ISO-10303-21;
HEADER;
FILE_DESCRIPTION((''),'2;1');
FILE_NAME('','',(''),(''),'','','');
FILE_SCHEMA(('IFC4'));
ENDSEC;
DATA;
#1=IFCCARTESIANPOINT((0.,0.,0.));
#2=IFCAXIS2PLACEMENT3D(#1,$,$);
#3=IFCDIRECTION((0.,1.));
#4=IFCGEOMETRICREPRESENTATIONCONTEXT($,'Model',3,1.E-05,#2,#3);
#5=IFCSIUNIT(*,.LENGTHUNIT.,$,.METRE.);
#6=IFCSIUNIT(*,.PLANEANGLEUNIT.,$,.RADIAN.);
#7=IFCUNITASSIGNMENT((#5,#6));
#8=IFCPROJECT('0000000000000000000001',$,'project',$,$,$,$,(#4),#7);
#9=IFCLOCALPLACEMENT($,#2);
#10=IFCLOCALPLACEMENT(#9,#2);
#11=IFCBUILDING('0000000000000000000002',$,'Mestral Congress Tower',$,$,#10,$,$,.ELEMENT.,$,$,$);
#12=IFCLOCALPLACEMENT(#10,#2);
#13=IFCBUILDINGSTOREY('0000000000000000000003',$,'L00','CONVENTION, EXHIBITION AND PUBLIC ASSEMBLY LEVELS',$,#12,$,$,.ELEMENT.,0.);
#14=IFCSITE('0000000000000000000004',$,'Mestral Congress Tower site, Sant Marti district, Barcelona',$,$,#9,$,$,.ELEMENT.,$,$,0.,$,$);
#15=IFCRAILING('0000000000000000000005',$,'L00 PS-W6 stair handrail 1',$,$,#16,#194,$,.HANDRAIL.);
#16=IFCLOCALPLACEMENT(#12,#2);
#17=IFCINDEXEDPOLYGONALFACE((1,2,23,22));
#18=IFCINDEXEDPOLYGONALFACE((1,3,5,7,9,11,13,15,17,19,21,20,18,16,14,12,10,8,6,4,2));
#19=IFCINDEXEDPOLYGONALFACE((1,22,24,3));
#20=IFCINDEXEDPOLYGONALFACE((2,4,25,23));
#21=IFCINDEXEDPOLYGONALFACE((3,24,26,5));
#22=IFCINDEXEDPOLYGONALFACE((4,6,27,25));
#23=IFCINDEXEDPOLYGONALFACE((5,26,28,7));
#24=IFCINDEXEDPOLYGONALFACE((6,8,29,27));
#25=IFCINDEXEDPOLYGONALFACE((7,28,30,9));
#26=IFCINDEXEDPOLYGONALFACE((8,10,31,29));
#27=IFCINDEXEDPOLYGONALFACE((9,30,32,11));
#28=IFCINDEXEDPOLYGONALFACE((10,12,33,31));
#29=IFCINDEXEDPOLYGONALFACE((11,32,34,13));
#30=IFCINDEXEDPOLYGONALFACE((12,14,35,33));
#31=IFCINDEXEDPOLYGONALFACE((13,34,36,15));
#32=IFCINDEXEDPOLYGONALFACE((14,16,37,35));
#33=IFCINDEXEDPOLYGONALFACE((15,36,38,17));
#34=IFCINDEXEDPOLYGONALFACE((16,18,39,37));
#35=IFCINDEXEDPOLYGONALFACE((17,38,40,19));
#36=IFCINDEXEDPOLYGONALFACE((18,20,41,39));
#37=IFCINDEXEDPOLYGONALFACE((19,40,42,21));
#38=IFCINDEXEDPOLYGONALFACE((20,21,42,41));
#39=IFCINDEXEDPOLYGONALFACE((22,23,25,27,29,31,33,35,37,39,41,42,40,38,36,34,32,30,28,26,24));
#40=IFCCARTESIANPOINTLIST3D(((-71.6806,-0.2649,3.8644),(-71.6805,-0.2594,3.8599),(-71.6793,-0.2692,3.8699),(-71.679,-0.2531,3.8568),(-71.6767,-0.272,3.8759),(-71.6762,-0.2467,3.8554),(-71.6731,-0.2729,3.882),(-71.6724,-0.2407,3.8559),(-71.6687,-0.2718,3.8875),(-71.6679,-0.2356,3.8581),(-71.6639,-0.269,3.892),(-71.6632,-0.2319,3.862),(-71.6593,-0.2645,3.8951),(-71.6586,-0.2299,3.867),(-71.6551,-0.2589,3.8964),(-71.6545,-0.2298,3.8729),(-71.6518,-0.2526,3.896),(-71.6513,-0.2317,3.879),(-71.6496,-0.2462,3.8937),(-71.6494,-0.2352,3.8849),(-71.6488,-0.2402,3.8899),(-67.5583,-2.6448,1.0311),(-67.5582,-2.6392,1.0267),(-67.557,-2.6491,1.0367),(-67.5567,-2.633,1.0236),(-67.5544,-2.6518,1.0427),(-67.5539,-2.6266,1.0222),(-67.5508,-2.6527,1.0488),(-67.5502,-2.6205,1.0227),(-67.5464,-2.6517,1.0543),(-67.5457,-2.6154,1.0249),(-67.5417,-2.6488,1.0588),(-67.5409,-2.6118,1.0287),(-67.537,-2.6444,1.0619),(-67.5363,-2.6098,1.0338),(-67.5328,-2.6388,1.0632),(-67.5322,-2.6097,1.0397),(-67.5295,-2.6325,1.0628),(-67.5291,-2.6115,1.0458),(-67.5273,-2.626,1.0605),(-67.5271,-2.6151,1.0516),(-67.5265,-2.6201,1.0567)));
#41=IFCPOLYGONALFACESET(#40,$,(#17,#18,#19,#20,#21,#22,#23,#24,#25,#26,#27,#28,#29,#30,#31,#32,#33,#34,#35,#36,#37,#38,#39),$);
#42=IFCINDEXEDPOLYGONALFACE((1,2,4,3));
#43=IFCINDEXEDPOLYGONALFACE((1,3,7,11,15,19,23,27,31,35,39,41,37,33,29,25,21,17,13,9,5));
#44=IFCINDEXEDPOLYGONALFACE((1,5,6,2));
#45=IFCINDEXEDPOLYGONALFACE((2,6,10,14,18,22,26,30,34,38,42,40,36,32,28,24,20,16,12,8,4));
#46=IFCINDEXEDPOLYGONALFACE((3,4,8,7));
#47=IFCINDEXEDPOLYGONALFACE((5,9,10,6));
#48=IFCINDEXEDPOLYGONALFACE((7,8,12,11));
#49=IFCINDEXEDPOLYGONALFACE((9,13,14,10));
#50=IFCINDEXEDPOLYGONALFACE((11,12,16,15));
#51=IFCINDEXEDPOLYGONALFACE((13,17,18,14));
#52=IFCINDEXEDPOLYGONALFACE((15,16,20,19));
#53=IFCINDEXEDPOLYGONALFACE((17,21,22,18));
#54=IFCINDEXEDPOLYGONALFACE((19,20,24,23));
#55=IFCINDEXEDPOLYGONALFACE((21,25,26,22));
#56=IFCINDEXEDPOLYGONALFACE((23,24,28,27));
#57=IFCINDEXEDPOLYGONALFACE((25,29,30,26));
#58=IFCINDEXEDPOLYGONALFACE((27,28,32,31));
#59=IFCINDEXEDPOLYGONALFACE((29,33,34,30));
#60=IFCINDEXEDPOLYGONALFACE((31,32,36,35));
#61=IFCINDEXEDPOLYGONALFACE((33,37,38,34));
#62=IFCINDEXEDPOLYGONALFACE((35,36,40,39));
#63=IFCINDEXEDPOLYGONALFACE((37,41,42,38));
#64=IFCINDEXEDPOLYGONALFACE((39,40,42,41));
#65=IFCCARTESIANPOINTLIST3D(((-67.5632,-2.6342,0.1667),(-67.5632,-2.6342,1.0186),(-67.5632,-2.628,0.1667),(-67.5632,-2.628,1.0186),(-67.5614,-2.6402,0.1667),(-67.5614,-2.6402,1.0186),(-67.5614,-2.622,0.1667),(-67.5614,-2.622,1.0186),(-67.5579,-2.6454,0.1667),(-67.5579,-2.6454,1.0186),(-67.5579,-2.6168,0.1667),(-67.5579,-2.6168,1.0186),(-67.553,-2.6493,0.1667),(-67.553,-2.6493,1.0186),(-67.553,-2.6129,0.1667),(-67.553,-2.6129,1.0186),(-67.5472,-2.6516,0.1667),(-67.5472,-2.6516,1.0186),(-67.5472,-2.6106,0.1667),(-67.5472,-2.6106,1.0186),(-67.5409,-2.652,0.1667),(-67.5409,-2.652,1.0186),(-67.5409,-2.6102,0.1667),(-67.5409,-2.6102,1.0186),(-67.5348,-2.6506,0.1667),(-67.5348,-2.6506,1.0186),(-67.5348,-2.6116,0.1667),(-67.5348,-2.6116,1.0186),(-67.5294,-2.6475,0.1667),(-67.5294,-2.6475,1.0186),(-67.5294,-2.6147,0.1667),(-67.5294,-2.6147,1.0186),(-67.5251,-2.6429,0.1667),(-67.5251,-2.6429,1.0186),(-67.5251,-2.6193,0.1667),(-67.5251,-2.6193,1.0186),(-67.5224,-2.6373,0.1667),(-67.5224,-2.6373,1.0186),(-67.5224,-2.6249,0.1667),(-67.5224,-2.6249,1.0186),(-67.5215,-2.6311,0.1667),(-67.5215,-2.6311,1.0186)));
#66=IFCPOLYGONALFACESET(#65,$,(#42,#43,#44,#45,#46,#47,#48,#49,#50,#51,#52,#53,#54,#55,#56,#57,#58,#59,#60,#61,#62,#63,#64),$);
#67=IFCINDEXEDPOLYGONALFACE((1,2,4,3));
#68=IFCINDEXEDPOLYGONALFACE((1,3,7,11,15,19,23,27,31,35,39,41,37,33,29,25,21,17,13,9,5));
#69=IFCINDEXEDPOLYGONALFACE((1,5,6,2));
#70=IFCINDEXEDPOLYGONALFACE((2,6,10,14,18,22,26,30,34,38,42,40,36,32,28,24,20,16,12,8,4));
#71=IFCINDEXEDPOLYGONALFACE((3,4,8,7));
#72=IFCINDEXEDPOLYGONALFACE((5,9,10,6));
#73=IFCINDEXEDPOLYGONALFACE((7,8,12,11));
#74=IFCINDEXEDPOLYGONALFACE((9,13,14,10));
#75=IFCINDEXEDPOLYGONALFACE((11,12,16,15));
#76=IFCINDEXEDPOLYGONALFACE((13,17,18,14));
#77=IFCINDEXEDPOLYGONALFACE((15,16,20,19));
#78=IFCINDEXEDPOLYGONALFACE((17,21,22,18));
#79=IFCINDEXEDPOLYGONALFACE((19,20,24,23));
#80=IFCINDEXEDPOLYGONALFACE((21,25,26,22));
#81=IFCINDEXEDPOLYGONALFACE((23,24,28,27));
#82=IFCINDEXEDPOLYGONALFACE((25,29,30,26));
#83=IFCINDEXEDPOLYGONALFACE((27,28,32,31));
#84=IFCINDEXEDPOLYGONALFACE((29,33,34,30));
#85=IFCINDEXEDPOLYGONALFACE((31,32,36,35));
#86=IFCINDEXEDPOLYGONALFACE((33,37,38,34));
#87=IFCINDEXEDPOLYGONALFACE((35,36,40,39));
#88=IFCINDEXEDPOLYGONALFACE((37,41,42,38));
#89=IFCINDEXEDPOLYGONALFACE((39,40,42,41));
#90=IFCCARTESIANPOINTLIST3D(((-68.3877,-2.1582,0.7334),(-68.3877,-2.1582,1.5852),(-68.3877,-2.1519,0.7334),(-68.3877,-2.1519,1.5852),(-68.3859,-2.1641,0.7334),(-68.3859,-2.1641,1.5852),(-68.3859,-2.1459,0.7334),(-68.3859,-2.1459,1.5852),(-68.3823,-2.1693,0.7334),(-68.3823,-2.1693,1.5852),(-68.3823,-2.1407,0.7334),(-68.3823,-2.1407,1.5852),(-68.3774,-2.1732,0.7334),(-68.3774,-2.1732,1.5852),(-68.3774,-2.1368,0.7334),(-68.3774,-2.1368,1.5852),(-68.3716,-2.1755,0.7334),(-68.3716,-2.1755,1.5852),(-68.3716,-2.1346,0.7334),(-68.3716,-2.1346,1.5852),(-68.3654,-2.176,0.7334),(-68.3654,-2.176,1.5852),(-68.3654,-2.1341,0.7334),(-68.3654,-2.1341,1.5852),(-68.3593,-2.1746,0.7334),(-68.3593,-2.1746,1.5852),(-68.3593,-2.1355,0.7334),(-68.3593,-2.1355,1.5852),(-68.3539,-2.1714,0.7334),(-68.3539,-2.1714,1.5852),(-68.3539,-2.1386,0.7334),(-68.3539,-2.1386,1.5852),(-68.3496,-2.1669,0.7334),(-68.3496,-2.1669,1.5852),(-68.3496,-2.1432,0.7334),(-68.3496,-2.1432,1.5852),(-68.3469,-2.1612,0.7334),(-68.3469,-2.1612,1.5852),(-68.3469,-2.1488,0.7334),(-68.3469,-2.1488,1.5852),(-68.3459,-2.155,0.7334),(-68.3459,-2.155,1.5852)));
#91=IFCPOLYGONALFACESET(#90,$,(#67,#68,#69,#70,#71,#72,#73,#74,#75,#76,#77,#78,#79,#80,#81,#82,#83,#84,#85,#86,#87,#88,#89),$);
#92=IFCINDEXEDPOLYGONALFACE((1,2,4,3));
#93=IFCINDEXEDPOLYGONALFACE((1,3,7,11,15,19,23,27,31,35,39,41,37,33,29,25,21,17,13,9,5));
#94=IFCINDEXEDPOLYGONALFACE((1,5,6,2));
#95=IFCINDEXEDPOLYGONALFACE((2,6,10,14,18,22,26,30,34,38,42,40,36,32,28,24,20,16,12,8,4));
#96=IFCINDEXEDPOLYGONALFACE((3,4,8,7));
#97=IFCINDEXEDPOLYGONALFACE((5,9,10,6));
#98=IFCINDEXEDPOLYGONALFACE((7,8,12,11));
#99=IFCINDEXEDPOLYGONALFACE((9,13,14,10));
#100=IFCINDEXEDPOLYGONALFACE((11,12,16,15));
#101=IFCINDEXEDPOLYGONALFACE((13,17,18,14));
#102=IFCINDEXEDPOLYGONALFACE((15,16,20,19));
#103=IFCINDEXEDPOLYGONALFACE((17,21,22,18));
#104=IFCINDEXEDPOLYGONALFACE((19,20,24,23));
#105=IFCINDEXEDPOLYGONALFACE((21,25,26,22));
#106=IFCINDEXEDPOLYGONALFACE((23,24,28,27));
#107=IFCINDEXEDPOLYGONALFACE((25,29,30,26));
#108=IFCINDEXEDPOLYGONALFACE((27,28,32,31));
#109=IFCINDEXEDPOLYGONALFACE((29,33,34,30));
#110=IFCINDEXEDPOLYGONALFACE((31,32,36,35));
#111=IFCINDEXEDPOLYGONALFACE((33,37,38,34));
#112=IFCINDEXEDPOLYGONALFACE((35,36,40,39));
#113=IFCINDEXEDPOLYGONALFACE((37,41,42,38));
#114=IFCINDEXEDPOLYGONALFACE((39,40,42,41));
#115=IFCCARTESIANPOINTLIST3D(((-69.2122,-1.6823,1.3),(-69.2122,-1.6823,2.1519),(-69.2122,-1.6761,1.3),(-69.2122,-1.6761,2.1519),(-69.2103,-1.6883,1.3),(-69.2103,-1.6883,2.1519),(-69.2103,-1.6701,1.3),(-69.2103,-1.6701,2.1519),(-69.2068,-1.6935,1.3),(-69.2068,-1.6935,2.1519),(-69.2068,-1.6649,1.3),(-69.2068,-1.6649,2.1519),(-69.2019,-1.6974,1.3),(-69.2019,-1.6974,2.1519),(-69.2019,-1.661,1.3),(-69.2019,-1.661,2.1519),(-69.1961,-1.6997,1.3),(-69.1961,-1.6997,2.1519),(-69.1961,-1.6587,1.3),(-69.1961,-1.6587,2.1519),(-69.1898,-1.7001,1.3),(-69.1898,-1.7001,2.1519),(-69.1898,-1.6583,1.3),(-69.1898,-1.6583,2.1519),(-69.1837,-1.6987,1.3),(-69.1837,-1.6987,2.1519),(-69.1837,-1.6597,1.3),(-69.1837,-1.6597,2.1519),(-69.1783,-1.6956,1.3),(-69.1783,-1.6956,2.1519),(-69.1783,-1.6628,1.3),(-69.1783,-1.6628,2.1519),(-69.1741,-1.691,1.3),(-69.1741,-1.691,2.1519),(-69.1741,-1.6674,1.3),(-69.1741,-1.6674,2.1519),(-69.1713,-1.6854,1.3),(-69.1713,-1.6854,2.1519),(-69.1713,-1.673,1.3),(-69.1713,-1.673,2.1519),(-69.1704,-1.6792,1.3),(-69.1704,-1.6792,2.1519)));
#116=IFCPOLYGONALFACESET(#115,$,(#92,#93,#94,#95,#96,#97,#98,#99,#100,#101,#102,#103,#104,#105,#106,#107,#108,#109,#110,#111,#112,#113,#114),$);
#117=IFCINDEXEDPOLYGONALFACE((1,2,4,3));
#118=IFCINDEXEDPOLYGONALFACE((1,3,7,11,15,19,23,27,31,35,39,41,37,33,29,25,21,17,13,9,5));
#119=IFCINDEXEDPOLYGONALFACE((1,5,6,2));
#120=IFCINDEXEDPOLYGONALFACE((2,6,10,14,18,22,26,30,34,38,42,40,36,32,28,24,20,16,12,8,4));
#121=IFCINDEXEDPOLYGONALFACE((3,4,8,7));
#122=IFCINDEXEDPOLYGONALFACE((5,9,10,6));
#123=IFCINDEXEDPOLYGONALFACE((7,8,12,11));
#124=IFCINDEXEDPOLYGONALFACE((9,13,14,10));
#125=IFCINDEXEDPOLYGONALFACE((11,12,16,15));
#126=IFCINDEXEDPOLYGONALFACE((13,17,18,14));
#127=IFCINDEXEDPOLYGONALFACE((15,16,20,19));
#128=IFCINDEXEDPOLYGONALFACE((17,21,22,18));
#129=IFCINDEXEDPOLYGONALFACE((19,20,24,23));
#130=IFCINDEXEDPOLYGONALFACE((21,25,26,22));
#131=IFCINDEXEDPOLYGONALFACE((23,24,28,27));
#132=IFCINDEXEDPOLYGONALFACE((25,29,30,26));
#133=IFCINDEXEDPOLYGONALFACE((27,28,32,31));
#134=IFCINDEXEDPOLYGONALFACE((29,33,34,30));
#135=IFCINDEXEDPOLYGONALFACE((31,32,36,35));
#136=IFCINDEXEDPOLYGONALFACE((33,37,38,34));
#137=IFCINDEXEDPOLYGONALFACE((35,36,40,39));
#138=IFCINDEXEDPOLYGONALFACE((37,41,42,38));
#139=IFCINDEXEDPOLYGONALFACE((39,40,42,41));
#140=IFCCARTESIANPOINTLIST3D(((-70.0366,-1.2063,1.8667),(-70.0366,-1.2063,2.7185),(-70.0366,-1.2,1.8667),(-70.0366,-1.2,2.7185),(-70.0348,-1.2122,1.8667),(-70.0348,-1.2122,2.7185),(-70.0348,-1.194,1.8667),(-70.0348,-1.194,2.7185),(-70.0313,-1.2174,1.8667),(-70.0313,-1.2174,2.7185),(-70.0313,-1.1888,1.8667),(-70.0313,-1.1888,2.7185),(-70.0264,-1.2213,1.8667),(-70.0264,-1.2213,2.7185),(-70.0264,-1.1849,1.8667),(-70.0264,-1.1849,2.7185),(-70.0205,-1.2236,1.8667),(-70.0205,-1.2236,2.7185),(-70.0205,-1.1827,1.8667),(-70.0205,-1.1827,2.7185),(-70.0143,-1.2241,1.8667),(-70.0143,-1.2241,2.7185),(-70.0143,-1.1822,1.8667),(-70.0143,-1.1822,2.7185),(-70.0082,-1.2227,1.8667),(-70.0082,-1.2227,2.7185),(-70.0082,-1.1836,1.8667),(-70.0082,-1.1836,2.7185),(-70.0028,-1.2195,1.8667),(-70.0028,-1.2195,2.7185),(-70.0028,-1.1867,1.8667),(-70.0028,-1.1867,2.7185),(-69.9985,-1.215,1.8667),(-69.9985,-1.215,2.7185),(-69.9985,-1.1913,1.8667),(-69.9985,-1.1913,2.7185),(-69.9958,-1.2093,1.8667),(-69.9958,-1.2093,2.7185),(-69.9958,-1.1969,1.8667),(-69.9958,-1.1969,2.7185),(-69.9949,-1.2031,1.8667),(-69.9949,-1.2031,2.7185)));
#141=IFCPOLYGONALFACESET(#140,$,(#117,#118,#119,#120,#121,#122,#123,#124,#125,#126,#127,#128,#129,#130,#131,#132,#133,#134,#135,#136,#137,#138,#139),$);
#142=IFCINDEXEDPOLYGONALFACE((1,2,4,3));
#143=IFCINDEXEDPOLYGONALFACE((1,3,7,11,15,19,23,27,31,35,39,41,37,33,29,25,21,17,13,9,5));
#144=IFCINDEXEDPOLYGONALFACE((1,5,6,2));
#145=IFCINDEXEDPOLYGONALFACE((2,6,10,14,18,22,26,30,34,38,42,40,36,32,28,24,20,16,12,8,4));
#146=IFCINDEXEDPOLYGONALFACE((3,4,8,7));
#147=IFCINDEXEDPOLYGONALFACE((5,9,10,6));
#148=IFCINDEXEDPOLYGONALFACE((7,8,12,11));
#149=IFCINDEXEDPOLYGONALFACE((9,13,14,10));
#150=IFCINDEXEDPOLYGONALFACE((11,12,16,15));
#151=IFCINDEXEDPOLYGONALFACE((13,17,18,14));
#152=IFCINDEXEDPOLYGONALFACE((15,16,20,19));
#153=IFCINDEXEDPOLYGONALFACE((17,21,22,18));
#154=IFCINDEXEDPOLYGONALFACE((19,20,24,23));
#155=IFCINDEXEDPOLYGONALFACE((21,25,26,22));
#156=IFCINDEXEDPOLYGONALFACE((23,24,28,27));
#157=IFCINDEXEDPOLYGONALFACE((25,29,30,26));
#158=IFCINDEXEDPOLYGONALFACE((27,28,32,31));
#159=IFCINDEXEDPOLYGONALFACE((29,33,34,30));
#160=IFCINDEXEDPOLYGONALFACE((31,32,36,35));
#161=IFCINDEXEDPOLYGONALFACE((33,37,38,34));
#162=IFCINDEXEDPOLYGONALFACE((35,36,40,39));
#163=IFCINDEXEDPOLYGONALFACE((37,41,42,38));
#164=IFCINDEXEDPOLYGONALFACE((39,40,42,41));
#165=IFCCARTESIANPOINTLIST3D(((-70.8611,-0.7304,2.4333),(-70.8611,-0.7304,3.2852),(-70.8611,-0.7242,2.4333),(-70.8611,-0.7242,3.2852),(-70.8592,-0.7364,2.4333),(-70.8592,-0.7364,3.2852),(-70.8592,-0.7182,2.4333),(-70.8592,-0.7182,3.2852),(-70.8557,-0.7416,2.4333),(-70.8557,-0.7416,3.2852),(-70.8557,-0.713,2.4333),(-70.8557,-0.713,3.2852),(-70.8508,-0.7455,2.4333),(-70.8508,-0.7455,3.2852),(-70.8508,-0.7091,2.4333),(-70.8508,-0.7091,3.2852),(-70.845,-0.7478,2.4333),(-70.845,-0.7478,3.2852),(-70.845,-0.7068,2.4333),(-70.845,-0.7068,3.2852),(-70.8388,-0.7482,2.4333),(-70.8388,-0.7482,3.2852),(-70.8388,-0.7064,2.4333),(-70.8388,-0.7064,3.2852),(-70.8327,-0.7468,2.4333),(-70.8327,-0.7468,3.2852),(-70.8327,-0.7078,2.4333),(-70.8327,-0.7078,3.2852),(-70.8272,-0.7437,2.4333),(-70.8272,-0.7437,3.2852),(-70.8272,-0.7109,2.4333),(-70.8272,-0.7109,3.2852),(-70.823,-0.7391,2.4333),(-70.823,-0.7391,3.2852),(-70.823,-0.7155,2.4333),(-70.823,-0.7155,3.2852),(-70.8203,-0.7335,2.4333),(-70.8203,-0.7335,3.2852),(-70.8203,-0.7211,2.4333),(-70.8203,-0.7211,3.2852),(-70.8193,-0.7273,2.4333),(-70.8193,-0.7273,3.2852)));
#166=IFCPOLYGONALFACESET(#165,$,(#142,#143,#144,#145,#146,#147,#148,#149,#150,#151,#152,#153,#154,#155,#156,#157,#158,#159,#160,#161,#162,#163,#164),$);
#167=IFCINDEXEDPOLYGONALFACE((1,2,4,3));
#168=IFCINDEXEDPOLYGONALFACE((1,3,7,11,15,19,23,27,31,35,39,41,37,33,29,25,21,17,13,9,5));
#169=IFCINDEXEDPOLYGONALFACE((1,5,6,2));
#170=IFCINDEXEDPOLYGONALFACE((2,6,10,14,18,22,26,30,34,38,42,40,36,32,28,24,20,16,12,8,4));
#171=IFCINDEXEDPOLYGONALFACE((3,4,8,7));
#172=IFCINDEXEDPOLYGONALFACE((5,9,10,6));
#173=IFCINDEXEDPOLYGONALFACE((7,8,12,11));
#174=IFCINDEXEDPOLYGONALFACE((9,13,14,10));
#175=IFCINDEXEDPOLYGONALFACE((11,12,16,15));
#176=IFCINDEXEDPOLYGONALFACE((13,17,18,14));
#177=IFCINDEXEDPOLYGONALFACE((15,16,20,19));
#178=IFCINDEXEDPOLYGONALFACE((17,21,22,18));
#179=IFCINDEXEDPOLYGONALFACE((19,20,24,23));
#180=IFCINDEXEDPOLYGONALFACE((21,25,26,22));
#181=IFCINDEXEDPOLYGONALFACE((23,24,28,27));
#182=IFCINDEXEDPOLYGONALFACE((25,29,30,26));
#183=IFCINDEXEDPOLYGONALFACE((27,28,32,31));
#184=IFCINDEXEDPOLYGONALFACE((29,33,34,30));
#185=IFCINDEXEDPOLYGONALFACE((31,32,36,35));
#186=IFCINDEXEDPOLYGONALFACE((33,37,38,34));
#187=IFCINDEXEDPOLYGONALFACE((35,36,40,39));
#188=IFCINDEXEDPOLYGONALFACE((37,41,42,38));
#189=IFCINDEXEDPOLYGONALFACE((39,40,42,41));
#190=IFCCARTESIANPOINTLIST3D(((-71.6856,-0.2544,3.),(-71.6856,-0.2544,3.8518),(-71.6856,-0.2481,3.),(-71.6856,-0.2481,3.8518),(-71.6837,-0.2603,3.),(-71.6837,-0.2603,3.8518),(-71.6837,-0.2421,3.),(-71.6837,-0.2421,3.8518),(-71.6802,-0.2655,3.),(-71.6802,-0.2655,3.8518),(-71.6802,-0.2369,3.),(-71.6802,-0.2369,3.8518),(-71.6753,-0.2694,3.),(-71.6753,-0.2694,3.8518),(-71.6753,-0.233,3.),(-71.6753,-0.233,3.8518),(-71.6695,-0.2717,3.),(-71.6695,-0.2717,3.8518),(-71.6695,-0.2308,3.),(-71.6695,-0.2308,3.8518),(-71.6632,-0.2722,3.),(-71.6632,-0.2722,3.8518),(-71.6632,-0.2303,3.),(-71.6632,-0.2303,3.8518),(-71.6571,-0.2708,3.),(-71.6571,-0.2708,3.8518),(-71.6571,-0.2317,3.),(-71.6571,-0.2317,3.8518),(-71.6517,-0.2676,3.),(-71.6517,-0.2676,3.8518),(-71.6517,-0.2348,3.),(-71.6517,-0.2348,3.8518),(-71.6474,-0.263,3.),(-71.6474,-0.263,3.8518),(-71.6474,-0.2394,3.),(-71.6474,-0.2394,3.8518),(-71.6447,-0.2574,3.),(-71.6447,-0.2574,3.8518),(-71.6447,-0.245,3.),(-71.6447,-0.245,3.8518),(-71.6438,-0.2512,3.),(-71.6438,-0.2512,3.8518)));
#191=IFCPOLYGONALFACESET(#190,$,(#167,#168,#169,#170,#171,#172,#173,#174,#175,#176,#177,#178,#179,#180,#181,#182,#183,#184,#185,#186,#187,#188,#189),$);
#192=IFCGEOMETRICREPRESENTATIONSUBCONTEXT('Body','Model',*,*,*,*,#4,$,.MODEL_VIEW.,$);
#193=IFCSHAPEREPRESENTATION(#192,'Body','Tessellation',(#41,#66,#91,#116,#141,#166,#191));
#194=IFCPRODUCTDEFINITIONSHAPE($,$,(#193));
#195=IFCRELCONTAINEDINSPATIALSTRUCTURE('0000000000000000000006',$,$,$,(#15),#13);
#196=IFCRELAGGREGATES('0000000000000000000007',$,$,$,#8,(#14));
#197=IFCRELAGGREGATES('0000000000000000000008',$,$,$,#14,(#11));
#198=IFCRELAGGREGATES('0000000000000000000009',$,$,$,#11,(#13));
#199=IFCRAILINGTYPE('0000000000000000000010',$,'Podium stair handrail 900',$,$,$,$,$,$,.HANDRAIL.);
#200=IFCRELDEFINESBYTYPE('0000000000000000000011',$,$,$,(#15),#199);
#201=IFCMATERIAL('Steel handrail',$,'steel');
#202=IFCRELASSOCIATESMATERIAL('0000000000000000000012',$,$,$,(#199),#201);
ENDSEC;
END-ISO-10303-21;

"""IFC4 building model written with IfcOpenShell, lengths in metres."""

from ifc_helpers import new_model, si_unit, direction, frame, origin, origin_2d, place, context, subcontext, project, spatial, circle, extrude, material, type_object, element, save


model = new_model("IFC4")

# Units and contexts
model_context = context("Model", 3, precision=1e-05, world=origin(), true_north=direction((0.0, 1.0)))
body_context = subcontext(model_context, "Body", "Model", "MODEL_VIEW")
ifc_project = project(units=[si_unit("LENGTHUNIT", "METRE"), si_unit("PLANEANGLEUNIT", "RADIAN")], contexts=[model_context])

# Site, building, storey
site_placement = place(None, origin())
site = spatial("IfcSite", under=ifc_project, at=site_placement, Name="Mestral Congress Tower site, Sant Marti district, Barcelona", CompositionType="ELEMENT", RefElevation=0.0)
building_placement = place(site_placement, origin())
building = spatial("IfcBuilding", under=site, at=building_placement, Name="Mestral Congress Tower", CompositionType="ELEMENT")
storey_placement = place(building_placement, origin())
storey = spatial("IfcBuildingStorey", under=building, at=storey_placement, Name="L00", Description="CONVENTION, EXHIBITION AND PUBLIC ASSEMBLY LEVELS", CompositionType="ELEMENT", Elevation=0.0)

# Railing
ifc_material_1 = material(Name="Steel handrail", Category="steel")
railing_type_1 = type_object("IfcRailingType", Name="Podium stair handrail 900", PredefinedType="HANDRAIL", material=ifc_material_1)
railing_1_placement = place(storey_placement, frame((-67.5425, -2.6311, 0.1667)))
element("IfcRailing", 1, at=railing_1_placement, inside=storey, type_object=railing_type_1, Name="L00 PS-W6 stair handrail 1", PredefinedType="HANDRAIL", context=body_context, shape_type="SweptSolid", body=[
    extrude(circle(Radius=0.0239, at=origin_2d()), frame((0.0, 0.0, 0.876), z_axis=(-0.744185, 0.42963, 0.511475), x_axis=(-0.499978, -0.866038, 0.0)), (0.0, 0.0, 1.0), 5.5393),
    extrude(circle(Radius=0.021, at=origin_2d()), origin(), (0.0, 0.0, 1.0), 0.8518),
    extrude(circle(Radius=0.021, at=origin_2d()), frame((-0.8245, 0.4761, 0.5667)), (0.0, 0.0, 1.0), 0.8518),
    extrude(circle(Radius=0.021, at=origin_2d()), frame((-1.6489, 0.9519, 1.1333)), (0.0, 0.0, 1.0), 0.8518),
    extrude(circle(Radius=0.021, at=origin_2d()), frame((-2.4734, 1.428, 1.7)), (0.0, 0.0, 1.0), 0.8518),
    extrude(circle(Radius=0.021, at=origin_2d()), frame((-3.2979, 1.9038, 2.2666)), (0.0, 0.0, 1.0), 0.8518),
    extrude(circle(Radius=0.021, at=origin_2d()), frame((-4.1223, 2.3799, 2.8333)), (0.0, 0.0, 1.0), 0.8518),
])

save(model, "model.ifc")
